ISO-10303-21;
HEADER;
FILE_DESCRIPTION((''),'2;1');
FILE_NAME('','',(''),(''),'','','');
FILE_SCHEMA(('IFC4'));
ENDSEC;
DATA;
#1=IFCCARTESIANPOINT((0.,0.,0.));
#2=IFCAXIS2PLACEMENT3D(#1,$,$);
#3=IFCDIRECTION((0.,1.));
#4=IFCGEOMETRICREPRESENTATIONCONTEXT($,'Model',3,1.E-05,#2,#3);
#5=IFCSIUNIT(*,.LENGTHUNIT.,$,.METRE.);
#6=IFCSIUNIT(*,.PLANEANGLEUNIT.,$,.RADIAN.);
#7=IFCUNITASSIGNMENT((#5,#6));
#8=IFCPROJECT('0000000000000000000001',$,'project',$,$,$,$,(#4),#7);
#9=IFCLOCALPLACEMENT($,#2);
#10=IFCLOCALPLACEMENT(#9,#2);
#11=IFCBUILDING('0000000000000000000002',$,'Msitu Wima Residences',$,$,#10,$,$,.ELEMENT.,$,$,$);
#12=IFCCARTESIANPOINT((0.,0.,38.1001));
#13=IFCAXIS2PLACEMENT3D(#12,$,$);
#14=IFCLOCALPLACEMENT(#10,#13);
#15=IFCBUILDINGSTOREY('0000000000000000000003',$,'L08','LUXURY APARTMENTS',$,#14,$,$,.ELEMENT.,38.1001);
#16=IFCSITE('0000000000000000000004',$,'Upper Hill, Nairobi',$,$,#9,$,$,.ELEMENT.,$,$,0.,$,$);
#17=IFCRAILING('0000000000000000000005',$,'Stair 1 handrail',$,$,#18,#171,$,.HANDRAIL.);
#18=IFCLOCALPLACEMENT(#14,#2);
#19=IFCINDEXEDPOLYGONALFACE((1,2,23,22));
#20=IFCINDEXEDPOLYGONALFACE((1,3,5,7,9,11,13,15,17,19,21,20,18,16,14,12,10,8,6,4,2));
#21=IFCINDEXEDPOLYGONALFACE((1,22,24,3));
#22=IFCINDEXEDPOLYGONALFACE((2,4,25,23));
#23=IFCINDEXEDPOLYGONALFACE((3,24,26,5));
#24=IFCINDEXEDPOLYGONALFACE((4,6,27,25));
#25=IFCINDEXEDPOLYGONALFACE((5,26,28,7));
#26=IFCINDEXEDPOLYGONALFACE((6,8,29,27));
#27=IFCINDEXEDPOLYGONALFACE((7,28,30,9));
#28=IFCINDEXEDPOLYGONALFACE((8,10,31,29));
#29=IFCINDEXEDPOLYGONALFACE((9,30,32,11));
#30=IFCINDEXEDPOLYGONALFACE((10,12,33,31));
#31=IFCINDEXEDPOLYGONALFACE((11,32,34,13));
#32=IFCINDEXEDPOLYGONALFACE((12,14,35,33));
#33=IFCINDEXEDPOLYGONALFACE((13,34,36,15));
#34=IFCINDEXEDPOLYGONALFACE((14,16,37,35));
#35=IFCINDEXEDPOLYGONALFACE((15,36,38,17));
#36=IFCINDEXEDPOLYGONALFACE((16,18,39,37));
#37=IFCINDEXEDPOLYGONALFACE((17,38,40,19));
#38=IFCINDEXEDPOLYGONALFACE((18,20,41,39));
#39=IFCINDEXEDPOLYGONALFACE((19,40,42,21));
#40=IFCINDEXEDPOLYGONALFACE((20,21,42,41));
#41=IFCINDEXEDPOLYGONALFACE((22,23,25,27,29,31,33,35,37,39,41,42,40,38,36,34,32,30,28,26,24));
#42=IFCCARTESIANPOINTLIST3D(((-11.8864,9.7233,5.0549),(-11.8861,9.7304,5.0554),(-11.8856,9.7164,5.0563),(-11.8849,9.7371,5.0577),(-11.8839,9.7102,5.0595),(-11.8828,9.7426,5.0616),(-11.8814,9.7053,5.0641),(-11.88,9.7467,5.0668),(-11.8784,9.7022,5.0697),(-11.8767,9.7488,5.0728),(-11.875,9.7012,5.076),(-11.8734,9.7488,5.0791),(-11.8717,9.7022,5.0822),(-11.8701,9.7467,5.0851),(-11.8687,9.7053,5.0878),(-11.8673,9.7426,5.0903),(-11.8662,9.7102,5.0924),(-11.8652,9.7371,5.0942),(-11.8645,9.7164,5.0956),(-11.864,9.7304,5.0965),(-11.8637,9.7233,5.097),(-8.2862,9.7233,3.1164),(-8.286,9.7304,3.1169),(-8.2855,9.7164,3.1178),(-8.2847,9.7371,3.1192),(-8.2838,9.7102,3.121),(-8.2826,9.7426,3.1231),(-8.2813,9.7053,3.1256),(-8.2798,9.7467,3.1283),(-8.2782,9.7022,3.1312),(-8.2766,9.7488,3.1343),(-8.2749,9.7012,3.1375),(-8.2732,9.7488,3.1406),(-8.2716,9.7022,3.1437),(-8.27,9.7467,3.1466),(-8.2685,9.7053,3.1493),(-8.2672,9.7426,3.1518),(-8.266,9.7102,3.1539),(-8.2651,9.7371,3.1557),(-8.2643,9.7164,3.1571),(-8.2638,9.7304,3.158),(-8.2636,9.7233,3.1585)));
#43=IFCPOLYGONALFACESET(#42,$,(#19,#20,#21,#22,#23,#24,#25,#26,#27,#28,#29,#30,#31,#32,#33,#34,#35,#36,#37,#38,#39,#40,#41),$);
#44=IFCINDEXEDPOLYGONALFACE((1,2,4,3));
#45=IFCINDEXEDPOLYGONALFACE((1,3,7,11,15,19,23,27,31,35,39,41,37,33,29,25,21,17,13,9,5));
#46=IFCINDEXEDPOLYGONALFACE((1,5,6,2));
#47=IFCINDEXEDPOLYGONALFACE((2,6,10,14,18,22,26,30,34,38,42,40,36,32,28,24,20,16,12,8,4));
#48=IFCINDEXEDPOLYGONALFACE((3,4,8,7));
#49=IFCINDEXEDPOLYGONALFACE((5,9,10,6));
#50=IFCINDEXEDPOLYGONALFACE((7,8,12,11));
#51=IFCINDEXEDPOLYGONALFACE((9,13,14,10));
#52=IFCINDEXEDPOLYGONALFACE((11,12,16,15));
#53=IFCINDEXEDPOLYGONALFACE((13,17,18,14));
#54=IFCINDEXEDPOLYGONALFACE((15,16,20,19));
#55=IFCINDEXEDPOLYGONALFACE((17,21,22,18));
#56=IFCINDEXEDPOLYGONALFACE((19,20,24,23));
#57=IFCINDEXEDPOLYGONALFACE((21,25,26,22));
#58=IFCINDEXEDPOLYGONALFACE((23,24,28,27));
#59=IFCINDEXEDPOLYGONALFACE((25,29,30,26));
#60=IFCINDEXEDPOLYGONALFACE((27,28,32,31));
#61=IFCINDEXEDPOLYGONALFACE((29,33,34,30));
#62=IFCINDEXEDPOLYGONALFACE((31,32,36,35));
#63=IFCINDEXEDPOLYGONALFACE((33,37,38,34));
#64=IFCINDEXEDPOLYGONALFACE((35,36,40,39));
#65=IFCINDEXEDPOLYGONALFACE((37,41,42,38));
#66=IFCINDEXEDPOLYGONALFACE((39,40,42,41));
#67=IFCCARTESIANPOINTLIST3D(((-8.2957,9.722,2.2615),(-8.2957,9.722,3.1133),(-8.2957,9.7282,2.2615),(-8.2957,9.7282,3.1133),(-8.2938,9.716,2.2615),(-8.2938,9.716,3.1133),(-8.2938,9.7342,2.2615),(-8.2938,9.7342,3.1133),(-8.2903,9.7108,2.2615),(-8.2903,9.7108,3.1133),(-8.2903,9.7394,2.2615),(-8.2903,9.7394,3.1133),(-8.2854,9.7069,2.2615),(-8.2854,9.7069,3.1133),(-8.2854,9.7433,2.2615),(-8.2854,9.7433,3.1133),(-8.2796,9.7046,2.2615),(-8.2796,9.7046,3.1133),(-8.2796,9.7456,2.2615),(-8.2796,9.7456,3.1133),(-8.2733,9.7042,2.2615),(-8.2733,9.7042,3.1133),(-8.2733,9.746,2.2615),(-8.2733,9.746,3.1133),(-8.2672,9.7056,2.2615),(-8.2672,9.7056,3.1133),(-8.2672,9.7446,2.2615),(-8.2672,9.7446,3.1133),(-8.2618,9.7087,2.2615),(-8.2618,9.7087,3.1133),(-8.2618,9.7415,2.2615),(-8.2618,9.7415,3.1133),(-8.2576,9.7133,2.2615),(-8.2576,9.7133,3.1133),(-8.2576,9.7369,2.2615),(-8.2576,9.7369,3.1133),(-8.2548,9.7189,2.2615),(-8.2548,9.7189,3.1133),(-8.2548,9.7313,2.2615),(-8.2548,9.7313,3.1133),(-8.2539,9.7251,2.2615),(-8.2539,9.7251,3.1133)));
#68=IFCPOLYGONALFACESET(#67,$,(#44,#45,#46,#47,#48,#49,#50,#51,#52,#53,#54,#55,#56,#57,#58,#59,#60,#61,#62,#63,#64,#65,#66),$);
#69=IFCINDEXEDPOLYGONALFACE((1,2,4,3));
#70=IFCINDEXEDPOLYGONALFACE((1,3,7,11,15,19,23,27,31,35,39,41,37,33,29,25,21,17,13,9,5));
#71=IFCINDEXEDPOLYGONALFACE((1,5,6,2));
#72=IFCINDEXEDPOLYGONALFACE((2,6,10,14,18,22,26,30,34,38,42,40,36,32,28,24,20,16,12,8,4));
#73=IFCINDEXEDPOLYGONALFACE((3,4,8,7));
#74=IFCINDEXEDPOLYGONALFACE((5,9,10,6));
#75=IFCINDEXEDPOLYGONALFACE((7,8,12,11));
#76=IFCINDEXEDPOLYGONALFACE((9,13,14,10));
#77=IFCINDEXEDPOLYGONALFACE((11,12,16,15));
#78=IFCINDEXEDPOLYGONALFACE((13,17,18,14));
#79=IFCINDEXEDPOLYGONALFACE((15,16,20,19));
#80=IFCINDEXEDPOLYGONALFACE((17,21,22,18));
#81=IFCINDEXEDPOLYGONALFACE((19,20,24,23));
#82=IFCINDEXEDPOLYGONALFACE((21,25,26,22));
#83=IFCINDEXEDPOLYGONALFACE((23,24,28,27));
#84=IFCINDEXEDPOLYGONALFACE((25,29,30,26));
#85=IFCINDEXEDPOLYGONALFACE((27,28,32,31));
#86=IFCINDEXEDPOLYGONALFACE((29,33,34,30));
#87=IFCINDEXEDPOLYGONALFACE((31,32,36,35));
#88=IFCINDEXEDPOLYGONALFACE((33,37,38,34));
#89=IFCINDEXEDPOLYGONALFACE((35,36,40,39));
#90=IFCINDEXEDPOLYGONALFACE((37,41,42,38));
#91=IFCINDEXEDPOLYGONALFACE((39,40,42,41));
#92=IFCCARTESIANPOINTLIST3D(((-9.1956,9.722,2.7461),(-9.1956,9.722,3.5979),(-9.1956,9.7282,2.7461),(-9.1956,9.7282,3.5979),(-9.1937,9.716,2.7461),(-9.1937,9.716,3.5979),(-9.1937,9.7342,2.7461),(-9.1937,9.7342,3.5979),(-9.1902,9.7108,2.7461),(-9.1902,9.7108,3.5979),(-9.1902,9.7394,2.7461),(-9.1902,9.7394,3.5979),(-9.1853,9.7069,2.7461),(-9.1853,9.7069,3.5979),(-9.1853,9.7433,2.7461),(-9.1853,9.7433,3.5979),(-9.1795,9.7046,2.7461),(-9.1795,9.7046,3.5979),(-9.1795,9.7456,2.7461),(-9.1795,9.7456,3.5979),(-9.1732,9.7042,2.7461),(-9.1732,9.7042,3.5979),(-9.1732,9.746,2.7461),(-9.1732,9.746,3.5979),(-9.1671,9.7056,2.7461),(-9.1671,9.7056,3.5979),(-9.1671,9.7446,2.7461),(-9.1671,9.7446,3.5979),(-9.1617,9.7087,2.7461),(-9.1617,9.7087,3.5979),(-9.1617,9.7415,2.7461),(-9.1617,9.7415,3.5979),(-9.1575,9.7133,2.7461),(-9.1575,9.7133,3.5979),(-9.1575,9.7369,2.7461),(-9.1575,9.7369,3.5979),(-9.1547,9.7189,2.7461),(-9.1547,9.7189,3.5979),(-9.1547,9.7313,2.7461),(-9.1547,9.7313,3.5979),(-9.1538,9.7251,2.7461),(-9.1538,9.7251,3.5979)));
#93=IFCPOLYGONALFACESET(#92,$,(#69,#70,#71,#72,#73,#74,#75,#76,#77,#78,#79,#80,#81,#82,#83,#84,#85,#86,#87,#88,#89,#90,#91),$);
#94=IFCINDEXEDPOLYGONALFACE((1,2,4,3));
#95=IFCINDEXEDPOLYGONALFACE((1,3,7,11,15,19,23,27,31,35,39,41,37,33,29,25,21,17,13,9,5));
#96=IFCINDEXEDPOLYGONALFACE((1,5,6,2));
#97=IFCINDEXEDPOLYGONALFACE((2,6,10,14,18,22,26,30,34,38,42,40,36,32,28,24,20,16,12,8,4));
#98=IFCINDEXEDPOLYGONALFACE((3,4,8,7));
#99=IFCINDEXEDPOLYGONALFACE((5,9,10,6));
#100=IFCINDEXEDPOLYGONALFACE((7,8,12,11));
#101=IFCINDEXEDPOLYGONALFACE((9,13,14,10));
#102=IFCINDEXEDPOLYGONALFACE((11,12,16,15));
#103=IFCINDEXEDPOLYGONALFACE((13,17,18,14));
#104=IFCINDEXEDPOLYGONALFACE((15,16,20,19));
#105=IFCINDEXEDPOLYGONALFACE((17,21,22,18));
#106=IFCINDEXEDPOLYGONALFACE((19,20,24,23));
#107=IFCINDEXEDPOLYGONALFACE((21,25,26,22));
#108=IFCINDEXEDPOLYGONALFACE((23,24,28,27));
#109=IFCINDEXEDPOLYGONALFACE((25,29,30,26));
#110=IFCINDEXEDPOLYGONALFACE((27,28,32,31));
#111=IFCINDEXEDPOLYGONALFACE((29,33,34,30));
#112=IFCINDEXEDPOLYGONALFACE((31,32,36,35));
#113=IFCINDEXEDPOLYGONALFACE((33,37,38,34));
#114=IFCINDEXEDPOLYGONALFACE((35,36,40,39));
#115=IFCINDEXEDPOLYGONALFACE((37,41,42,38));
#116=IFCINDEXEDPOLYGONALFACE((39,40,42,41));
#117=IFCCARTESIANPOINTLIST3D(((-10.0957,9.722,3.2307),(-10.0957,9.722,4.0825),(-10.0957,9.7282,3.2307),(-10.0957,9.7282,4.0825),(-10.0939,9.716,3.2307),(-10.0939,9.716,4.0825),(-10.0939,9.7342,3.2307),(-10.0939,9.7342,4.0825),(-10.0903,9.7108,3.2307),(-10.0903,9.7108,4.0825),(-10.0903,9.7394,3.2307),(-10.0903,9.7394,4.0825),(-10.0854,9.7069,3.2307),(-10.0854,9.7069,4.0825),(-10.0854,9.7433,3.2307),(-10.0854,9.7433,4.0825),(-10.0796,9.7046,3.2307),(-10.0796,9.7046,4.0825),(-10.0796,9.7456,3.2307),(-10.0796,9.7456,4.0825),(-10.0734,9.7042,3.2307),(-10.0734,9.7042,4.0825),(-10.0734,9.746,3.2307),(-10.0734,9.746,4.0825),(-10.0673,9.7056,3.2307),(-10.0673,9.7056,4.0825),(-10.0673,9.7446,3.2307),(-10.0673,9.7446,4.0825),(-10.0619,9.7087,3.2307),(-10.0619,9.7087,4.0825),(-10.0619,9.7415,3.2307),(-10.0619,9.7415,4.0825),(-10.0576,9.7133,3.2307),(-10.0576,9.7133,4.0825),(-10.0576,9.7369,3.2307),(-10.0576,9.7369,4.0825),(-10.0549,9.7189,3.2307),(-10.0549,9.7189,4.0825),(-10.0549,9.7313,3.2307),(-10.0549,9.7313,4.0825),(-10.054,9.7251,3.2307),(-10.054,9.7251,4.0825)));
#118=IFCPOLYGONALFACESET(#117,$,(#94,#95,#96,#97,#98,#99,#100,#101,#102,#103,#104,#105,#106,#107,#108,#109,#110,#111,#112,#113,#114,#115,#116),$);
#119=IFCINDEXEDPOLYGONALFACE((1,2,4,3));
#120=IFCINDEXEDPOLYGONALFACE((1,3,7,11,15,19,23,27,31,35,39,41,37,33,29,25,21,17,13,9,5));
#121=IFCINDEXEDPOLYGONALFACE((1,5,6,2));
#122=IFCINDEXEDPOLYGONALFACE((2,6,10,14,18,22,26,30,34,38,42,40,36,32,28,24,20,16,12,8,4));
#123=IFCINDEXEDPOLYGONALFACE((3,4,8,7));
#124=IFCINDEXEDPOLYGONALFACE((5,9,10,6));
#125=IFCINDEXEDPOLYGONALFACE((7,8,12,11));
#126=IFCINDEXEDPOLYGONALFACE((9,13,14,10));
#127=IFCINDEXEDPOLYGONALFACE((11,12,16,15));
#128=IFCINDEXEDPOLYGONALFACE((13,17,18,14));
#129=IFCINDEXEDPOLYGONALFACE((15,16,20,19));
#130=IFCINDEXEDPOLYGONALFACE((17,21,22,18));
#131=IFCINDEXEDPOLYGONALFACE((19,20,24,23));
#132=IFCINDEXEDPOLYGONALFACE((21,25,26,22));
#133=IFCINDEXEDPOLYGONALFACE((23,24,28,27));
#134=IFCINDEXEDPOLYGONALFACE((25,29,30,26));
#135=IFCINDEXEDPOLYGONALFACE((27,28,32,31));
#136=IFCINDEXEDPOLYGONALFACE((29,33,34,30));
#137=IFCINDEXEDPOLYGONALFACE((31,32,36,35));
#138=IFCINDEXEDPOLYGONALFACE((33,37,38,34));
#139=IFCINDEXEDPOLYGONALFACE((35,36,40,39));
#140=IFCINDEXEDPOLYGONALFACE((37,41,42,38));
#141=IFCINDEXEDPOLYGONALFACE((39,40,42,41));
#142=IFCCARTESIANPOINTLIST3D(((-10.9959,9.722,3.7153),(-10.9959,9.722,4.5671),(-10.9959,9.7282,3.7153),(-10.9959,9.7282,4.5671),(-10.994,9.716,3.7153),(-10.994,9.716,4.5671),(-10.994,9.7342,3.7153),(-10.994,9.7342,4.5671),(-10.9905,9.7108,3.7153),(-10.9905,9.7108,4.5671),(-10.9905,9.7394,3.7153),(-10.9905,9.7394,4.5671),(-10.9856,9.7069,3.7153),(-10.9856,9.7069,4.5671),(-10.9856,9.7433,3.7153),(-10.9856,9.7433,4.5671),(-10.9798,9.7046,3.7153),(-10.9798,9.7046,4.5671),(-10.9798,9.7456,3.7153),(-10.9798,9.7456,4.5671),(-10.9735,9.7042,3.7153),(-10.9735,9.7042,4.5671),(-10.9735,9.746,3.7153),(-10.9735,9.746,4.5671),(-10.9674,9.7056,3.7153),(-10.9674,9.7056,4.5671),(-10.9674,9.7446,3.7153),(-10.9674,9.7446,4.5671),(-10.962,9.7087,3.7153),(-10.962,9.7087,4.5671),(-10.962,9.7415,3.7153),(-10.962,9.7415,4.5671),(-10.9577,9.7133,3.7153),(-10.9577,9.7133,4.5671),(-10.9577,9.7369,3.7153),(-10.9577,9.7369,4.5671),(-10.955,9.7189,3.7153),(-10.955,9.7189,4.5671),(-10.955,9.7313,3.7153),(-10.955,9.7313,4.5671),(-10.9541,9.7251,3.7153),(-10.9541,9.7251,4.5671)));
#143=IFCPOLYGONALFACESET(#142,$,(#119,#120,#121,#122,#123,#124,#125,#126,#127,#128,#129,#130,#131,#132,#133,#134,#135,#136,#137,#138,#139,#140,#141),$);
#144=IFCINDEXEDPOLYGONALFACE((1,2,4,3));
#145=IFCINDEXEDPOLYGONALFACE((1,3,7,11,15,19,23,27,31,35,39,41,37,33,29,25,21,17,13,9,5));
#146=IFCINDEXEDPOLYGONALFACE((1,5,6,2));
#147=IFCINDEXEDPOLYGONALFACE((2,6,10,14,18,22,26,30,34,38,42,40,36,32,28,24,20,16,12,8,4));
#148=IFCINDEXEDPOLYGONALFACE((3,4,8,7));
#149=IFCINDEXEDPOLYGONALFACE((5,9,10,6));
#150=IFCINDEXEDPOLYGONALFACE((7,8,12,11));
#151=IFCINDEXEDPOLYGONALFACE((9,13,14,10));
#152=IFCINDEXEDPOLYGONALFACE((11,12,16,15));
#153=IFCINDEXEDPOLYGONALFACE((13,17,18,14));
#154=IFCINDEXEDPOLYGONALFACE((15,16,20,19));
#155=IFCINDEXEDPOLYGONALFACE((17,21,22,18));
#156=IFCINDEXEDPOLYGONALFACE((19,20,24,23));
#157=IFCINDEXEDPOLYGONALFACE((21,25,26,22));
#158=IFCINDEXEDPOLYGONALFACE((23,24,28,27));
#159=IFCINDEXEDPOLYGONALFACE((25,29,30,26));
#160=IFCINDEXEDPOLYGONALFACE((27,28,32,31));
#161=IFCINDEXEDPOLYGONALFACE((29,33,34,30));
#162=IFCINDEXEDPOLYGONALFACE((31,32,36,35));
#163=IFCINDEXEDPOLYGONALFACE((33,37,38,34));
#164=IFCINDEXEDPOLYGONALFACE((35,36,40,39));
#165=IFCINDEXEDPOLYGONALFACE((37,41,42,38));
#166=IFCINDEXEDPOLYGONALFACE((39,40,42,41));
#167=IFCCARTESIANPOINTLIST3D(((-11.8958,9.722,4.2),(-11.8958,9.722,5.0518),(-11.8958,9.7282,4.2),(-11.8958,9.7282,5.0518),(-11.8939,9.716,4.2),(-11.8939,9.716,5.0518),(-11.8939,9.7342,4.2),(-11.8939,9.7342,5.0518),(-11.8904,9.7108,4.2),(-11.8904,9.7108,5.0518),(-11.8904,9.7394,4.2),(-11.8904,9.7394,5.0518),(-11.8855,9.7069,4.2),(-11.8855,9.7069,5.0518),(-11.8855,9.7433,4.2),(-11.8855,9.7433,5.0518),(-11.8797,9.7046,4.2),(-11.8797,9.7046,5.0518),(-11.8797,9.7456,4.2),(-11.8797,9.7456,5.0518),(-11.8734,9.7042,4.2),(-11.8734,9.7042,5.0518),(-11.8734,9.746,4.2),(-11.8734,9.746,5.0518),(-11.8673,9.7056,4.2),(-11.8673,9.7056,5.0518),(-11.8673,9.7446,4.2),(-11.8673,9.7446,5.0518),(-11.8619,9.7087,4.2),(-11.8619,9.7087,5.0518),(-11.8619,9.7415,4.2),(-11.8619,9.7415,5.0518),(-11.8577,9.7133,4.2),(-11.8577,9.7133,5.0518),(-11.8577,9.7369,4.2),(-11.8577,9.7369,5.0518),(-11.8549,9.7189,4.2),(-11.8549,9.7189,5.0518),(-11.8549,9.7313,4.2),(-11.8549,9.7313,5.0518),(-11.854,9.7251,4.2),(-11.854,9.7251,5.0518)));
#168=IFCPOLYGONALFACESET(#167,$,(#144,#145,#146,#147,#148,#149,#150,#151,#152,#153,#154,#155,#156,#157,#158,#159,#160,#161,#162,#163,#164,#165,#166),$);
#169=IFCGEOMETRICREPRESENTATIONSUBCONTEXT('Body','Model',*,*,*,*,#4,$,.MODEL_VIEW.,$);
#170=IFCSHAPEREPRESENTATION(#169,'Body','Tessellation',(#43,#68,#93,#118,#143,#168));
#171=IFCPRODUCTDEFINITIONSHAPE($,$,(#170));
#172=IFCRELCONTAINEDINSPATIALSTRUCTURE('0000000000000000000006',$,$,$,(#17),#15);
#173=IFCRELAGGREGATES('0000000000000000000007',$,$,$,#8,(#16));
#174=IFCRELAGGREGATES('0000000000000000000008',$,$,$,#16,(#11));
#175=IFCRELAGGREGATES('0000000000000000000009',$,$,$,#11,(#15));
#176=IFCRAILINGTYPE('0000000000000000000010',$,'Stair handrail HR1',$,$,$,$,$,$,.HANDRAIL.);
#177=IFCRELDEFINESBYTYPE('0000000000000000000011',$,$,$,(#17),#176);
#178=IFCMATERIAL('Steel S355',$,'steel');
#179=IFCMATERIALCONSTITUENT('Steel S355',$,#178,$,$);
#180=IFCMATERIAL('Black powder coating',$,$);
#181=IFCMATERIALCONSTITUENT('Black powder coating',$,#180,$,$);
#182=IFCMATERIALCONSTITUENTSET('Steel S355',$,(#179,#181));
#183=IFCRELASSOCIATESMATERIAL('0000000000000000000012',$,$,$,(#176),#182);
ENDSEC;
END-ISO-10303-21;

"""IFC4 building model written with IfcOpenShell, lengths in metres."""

from ifc_helpers import new_model, si_unit, direction, frame, origin, origin_2d, place, context, subcontext, project, spatial, circle, extrude, material, constituent, constituent_set, type_object, element, save


model = new_model("IFC4")

# Units and contexts
model_context = context("Model", 3, precision=1e-05, world=origin(), true_north=direction((0.0, 1.0)))
body_context = subcontext(model_context, "Body", "Model", "MODEL_VIEW")
ifc_project = project(units=[si_unit("LENGTHUNIT", "METRE"), si_unit("PLANEANGLEUNIT", "RADIAN")], contexts=[model_context])

# Site, building, storey
site_placement = place(None, origin())
site = spatial("IfcSite", under=ifc_project, at=site_placement, Name="Upper Hill, Nairobi", CompositionType="ELEMENT", RefElevation=0.0)
building_placement = place(site_placement, origin())
building = spatial("IfcBuilding", under=site, at=building_placement, Name="Msitu Wima Residences", CompositionType="ELEMENT")
storey_placement = place(building_placement, frame((0.0, 0.0, 38.1001)))
storey = spatial("IfcBuildingStorey", under=building, at=storey_placement, Name="L08", Description="LUXURY APARTMENTS", CompositionType="ELEMENT", Elevation=38.1001)

# Railing
ifc_material_1 = material(Name="Steel S355", Category="steel")
ifc_constituent_1 = constituent(ifc_material_1, Name="Steel S355")
ifc_material_2 = material(Name="Black powder coating")
ifc_constituent_2 = constituent(ifc_material_2, Name="Black powder coating")
ifc_constituent_set = constituent_set(constituents=[ifc_constituent_1, ifc_constituent_2], Name="Steel S355")
railing_type = type_object("IfcRailingType", Name="Stair handrail HR1", PredefinedType="HANDRAIL", material=ifc_constituent_set)
for number, where, name in (
    (1, (-8.2749, 9.7251, 2.2615), "Stair 1 handrail"),
):
    element("IfcRailing", number, at=place(storey_placement, frame(where)), inside=storey, type_object=railing_type, Name=name, PredefinedType="HANDRAIL", context=body_context, shape_type="SweptSolid", body=[
        extrude(circle(Radius=0.0239, at=origin_2d()), frame((0.0, 0.0, 0.876), z_axis=(-0.880475, 0.0, 0.474093), x_axis=(0.0, -1.0, 0.0)), (0.0, 0.0, 1.0), 4.0889),
        extrude(circle(Radius=0.021, at=origin_2d()), origin(), (0.0, 0.0, 1.0), 0.8518),
        extrude(circle(Radius=0.021, at=origin_2d()), frame((-0.8999, 0.0, 0.4846)), (0.0, 0.0, 1.0), 0.8518),
        extrude(circle(Radius=0.021, at=origin_2d()), frame((-1.8, 0.0, 0.9692)), (0.0, 0.0, 1.0), 0.8518),
        extrude(circle(Radius=0.021, at=origin_2d()), frame((-2.7002, 0.0, 1.4539)), (0.0, 0.0, 1.0), 0.8518),
        extrude(circle(Radius=0.021, at=origin_2d()), frame((-3.6001, 0.0, 1.9385)), (0.0, 0.0, 1.0), 0.8518),
    ])

save(model, "model.ifc")
